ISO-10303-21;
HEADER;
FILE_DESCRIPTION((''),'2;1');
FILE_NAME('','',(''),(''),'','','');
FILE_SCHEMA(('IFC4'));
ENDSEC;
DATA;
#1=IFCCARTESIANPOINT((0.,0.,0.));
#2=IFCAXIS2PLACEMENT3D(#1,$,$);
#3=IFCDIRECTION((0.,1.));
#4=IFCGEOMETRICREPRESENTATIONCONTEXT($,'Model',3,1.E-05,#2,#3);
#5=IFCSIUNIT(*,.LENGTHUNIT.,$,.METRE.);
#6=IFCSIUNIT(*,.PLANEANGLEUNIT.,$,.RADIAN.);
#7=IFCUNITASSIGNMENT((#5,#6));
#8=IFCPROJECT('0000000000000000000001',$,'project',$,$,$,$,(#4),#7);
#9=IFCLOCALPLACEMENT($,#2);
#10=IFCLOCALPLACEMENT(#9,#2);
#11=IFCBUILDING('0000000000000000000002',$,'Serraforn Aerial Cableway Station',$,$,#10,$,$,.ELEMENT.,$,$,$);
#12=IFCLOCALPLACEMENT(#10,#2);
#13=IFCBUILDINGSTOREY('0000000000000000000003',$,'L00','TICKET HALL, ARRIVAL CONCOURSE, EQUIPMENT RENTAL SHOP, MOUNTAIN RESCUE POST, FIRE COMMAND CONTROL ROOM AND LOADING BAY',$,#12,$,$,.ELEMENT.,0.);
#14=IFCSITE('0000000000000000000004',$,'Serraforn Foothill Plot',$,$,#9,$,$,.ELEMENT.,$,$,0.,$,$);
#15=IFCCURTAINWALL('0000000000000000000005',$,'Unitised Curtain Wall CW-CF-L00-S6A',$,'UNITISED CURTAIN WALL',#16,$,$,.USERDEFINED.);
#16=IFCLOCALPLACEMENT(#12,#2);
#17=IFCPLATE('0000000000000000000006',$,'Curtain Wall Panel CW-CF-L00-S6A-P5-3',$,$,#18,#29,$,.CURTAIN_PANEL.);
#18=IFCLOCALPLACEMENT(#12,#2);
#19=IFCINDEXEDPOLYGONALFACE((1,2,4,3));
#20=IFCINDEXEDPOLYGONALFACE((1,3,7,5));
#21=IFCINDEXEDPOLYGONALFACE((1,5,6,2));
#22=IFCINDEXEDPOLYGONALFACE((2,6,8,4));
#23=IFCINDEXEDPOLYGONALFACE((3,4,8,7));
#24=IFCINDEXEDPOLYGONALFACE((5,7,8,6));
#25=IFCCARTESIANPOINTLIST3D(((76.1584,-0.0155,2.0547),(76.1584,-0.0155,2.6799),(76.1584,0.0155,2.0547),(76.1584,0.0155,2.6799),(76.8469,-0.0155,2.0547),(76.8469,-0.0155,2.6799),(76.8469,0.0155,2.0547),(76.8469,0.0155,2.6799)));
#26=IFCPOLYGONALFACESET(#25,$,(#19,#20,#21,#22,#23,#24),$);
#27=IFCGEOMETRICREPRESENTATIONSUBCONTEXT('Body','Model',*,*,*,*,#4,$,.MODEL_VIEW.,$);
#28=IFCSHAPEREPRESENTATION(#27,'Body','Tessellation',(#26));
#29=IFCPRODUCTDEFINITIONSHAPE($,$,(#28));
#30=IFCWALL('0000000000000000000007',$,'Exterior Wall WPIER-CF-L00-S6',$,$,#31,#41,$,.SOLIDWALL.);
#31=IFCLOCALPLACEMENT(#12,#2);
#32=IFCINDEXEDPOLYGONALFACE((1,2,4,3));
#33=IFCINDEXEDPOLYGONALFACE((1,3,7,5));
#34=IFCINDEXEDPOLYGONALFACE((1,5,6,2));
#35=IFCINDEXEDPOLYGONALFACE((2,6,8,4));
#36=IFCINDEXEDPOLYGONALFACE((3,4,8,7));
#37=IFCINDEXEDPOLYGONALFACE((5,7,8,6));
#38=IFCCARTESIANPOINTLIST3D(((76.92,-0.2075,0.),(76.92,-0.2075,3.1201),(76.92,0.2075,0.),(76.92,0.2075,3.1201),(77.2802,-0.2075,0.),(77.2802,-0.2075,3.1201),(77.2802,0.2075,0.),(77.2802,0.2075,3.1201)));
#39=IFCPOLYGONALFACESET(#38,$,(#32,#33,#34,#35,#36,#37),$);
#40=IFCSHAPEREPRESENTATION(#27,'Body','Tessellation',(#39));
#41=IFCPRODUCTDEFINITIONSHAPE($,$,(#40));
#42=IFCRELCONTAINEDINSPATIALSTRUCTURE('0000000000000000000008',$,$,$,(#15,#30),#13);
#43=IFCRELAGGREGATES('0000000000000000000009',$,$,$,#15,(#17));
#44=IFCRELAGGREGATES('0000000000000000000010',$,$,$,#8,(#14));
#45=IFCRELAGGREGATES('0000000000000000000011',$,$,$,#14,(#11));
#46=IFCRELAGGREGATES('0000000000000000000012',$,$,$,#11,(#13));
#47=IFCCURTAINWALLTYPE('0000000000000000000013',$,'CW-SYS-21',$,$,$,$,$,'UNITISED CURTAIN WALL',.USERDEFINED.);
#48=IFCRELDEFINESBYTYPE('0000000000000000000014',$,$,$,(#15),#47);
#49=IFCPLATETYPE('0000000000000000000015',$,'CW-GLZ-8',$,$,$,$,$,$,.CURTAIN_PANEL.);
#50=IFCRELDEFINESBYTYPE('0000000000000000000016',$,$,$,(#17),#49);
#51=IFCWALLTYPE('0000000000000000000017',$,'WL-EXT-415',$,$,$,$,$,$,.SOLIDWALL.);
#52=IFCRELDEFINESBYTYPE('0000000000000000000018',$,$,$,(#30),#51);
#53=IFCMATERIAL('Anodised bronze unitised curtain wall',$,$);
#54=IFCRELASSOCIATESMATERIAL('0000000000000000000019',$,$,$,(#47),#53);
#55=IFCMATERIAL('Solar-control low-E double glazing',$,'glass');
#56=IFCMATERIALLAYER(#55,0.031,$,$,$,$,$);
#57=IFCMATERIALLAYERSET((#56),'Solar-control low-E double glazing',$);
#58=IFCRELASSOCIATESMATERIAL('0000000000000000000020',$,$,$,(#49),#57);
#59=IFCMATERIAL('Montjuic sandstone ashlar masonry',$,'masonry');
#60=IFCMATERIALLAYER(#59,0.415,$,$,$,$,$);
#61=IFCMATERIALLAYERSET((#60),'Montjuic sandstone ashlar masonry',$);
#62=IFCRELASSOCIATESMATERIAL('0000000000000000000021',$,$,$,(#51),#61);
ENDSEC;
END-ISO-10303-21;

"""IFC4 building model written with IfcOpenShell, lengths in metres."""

from ifc_helpers import new_model, si_unit, direction, frame, frame_2d, origin, origin_2d, place, context, subcontext, project, spatial, rectangle, extrude, material, layer, layer_set, type_object, element, aggregate, save


model = new_model("IFC4")

# Units and contexts
model_context = context("Model", 3, precision=1e-05, world=origin(), true_north=direction((0.0, 1.0)))
body_context = subcontext(model_context, "Body", "Model", "MODEL_VIEW")
ifc_project = project(units=[si_unit("LENGTHUNIT", "METRE"), si_unit("PLANEANGLEUNIT", "RADIAN")], contexts=[model_context])

# Site, building, storey
site_placement = place(None, origin())
site = spatial("IfcSite", under=ifc_project, at=site_placement, Name="Serraforn Foothill Plot", CompositionType="ELEMENT", RefElevation=0.0)
building_placement = place(site_placement, origin())
building = spatial("IfcBuilding", under=site, at=building_placement, Name="Serraforn Aerial Cableway Station", CompositionType="ELEMENT")
storey_placement = place(building_placement, origin())
storey = spatial("IfcBuildingStorey", under=building, at=storey_placement, Name="L00", Description="TICKET HALL, ARRIVAL CONCOURSE, EQUIPMENT RENTAL SHOP, MOUNTAIN RESCUE POST, FIRE COMMAND CONTROL ROOM AND LOADING BAY", CompositionType="ELEMENT", Elevation=0.0)

# Shared definitions
ifc_material_1 = material(Name="Anodised bronze unitised curtain wall")

# Curtain wall
curtain_wall_type_1 = type_object("IfcCurtainWallType", Name="CW-SYS-21", ElementType="UNITISED CURTAIN WALL", PredefinedType="USERDEFINED", material=ifc_material_1)
curtain_wall_1_placement = place(storey_placement, origin())
curtain_wall_1 = element("IfcCurtainWall", 1, at=curtain_wall_1_placement, inside=storey, type_object=curtain_wall_type_1, Name="Unitised Curtain Wall CW-CF-L00-S6A", ObjectType="UNITISED CURTAIN WALL", PredefinedType="USERDEFINED")

# Plate
ifc_material_2 = material(Name="Solar-control low-E double glazing", Category="glass")
ifc_layer_1 = layer(ifc_material_2, 0.031)
ifc_layer_set_1 = layer_set([ifc_layer_1], Name="Solar-control low-E double glazing")
plate_type_1 = type_object("IfcPlateType", Name="CW-GLZ-8", PredefinedType="CURTAIN_PANEL", material=ifc_layer_set_1)
plate_1_placement = place(storey_placement, frame((76.5027, 0.0, 2.0547), z_axis=(0.0, 0.0, 1.0), x_axis=(1.0, 0.0, 0.0)))
plate_1 = element("IfcPlate", 2, at=plate_1_placement, type_object=plate_type_1, Name="Curtain Wall Panel CW-CF-L00-S6A-P5-3", PredefinedType="CURTAIN_PANEL", context=body_context, shape_type="SweptSolid", body=[
    extrude(rectangle(XDim=0.6885, YDim=0.031, at=origin_2d()), origin(), (0.0, 0.0, 1.0), 0.6252),
])
aggregate(curtain_wall_1, [plate_1])

# Wall
ifc_material_3 = material(Name="Montjuic sandstone ashlar masonry", Category="masonry")
ifc_layer_2 = layer(ifc_material_3, 0.415)
ifc_layer_set_2 = layer_set([ifc_layer_2], Name="Montjuic sandstone ashlar masonry")
wall_type = type_object("IfcWallType", Name="WL-EXT-415", PredefinedType="SOLIDWALL", material=ifc_layer_set_2)
wall_placement = place(storey_placement, frame((76.9199, 0.0, 0.0), z_axis=(0.0, 0.0, 1.0), x_axis=(1.0, 0.0, 0.0)))
element("IfcWall", 3, at=wall_placement, inside=storey, type_object=wall_type, Name="Exterior Wall WPIER-CF-L00-S6", PredefinedType="SOLIDWALL", context=body_context, shape_type="SweptSolid", body=[
    extrude(rectangle(XDim=0.3601, YDim=0.415, at=frame_2d((0.1802, 0.0))), origin(), (0.0, 0.0, 1.0), 3.1201),
])

save(model, "model.ifc")
